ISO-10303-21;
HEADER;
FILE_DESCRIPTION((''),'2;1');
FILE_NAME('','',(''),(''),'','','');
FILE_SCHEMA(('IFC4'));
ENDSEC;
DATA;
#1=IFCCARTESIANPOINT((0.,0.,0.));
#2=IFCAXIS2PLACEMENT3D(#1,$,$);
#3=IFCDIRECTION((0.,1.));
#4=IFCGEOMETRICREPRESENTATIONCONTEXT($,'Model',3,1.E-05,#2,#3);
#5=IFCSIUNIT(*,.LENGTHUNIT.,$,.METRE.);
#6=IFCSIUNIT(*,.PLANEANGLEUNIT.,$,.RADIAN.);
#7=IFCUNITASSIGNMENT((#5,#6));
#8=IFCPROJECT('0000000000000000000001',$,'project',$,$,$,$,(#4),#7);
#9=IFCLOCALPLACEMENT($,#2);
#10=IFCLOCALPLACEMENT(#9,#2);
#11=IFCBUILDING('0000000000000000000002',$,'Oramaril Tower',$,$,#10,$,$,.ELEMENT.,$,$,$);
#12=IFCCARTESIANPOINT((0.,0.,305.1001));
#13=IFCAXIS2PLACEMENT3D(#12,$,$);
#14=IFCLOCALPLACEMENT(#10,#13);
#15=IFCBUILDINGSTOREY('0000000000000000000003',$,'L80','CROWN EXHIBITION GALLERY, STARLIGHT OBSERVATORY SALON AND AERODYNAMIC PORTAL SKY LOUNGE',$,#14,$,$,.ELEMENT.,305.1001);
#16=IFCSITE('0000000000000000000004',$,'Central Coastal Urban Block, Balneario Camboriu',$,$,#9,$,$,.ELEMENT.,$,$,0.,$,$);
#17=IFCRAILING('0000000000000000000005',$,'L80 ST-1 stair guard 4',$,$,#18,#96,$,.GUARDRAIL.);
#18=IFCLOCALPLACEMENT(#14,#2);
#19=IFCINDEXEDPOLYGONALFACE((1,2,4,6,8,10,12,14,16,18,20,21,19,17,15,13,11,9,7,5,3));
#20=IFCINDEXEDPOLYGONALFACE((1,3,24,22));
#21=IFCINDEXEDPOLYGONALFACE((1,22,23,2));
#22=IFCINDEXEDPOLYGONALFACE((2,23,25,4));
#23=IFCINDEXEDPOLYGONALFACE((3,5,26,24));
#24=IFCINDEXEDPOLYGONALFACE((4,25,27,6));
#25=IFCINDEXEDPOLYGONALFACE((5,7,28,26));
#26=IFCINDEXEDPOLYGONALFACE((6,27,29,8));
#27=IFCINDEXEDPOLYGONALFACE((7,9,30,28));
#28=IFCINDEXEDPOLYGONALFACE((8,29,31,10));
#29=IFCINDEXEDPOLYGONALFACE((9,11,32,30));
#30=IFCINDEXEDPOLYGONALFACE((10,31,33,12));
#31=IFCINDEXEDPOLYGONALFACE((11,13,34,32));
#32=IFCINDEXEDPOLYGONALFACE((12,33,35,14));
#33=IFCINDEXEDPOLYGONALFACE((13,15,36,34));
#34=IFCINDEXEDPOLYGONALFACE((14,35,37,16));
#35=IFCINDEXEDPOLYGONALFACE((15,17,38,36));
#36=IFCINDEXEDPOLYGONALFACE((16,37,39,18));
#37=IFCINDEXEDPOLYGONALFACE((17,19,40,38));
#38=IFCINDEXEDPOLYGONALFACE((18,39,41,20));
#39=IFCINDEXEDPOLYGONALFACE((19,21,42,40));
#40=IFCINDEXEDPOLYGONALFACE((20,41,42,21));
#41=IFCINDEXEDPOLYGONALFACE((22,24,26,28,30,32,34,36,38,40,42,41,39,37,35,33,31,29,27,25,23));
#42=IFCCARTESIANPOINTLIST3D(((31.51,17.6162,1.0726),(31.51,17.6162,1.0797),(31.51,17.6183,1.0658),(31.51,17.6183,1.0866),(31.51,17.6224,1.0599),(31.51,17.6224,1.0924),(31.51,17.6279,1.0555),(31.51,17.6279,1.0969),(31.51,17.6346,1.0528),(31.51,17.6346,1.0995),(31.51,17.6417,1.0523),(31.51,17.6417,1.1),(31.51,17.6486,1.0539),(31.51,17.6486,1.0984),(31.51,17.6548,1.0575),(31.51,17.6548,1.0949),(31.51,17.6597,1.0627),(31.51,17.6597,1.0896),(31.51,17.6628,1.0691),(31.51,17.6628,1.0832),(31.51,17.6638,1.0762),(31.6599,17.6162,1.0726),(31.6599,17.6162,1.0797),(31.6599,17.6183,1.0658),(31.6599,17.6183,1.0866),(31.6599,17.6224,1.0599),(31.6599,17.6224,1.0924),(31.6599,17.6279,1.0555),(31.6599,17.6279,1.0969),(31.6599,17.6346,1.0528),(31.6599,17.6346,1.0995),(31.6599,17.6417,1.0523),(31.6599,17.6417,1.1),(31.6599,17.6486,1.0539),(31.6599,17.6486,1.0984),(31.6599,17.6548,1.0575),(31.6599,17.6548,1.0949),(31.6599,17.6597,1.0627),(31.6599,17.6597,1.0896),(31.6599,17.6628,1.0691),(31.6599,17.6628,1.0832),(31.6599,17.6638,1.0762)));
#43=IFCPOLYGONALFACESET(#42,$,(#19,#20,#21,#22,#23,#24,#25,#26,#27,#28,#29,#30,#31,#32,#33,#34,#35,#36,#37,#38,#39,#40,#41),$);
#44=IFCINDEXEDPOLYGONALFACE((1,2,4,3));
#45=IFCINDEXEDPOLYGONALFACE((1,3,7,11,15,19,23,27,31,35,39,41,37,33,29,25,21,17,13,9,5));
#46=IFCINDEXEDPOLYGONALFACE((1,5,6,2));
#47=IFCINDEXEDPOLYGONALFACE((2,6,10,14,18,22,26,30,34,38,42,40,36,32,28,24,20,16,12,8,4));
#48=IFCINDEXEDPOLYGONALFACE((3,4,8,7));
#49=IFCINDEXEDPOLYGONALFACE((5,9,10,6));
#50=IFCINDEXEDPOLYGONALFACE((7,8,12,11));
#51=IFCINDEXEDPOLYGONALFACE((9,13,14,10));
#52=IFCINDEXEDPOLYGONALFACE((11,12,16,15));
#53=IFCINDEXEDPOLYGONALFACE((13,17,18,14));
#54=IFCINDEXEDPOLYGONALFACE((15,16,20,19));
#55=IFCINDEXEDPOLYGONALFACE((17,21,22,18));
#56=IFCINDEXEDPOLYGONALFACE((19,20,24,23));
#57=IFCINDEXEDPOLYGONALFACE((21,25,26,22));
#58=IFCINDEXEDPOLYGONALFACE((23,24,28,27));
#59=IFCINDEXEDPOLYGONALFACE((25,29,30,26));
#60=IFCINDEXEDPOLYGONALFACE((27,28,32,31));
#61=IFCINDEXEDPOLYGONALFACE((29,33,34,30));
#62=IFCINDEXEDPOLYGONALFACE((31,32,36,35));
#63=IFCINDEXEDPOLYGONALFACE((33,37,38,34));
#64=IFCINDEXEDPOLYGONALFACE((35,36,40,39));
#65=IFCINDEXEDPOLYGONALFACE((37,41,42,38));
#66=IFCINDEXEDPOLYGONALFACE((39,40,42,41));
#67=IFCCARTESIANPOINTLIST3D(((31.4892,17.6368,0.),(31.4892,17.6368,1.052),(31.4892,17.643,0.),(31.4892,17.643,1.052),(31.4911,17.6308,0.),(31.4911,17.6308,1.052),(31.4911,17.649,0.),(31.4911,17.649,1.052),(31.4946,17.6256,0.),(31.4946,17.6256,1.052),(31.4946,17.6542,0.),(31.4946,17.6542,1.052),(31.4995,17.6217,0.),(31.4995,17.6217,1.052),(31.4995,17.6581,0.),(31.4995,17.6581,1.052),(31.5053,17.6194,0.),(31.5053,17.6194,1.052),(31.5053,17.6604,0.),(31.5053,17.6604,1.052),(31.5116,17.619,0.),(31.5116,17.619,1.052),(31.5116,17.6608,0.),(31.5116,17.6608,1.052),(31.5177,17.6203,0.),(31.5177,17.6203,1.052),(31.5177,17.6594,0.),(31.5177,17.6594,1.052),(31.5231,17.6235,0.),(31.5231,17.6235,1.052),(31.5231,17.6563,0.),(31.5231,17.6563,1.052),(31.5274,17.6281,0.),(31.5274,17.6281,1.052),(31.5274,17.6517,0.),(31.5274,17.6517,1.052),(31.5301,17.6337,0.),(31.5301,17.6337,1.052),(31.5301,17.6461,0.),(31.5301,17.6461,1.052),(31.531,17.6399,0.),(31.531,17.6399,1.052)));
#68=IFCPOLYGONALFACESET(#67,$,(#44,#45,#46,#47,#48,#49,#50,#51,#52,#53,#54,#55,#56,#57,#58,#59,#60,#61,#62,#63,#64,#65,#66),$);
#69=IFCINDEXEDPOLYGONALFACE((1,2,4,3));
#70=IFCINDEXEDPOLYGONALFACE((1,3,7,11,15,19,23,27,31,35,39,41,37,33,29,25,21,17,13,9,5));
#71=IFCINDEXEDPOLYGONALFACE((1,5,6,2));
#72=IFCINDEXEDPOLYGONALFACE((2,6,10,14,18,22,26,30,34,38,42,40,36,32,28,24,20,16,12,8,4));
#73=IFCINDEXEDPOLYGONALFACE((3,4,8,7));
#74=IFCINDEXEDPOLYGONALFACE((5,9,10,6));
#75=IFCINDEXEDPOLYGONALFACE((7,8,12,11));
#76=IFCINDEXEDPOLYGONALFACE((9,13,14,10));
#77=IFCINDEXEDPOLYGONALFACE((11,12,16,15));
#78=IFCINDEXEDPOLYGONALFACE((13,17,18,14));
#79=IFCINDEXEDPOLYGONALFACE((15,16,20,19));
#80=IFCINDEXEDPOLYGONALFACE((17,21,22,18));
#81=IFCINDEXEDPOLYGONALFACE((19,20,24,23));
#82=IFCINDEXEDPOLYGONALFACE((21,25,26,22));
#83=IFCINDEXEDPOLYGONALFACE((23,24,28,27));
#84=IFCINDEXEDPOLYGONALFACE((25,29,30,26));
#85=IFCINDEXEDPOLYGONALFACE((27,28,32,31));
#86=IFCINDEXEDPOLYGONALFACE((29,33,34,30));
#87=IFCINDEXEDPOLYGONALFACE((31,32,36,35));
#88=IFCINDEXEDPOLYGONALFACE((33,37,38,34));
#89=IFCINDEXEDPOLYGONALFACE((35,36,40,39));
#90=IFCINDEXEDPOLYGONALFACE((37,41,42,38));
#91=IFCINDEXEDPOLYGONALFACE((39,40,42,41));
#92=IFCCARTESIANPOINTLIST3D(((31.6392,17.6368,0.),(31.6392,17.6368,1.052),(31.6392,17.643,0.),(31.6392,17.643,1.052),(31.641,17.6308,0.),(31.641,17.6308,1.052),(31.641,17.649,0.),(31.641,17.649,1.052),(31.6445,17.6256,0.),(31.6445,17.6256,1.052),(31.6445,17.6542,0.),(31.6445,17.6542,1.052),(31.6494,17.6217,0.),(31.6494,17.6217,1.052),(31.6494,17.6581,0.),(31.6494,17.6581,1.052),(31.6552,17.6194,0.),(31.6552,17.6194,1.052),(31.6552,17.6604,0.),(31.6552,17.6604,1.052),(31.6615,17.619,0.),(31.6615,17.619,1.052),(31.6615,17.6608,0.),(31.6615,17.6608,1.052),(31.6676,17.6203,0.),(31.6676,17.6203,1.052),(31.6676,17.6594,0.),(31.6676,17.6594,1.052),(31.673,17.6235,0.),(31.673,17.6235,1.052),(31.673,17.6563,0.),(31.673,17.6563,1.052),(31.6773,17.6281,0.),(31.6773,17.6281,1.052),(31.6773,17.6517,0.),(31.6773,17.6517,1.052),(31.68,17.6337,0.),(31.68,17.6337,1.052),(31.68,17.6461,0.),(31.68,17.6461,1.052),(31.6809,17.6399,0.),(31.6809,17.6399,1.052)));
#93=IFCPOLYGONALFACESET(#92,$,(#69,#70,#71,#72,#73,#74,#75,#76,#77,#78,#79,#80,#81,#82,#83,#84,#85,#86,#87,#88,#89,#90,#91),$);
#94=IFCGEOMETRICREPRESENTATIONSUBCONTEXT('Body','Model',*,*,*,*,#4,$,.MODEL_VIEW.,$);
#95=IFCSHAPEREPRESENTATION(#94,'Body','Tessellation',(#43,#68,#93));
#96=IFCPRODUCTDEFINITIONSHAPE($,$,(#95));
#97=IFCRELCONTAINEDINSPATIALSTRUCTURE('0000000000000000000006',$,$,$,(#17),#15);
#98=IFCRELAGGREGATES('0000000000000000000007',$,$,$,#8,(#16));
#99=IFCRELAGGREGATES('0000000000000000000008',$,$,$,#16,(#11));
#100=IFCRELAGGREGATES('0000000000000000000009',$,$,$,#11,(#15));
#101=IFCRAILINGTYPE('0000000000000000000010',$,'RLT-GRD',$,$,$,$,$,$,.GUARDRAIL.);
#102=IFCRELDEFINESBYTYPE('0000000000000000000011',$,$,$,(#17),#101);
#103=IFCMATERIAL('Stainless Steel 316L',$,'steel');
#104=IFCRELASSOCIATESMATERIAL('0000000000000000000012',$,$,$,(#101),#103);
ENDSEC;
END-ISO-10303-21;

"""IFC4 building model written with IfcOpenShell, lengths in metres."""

from ifc_helpers import new_model, si_unit, direction, frame, origin, origin_2d, place, context, subcontext, project, spatial, circle, extrude, material, type_object, element, save


model = new_model("IFC4")

# Units and contexts
model_context = context("Model", 3, precision=1e-05, world=origin(), true_north=direction((0.0, 1.0)))
body_context = subcontext(model_context, "Body", "Model", "MODEL_VIEW")
ifc_project = project(units=[si_unit("LENGTHUNIT", "METRE"), si_unit("PLANEANGLEUNIT", "RADIAN")], contexts=[model_context])

# Site, building, storey
site_placement = place(None, origin())
site = spatial("IfcSite", under=ifc_project, at=site_placement, Name="Central Coastal Urban Block, Balneario Camboriu", CompositionType="ELEMENT", RefElevation=0.0)
building_placement = place(site_placement, origin())
building = spatial("IfcBuilding", under=site, at=building_placement, Name="Oramaril Tower", CompositionType="ELEMENT")
storey_placement = place(building_placement, frame((0.0, 0.0, 305.1001)))
storey = spatial("IfcBuildingStorey", under=building, at=storey_placement, Name="L80", Description="CROWN EXHIBITION GALLERY, STARLIGHT OBSERVATORY SALON AND AERODYNAMIC PORTAL SKY LOUNGE", CompositionType="ELEMENT", Elevation=305.1001)

# Railing
ifc_material_1 = material(Name="Stainless Steel 316L", Category="steel")
railing_type_1 = type_object("IfcRailingType", Name="RLT-GRD", PredefinedType="GUARDRAIL", material=ifc_material_1)
railing_1_placement = place(storey_placement, frame((31.51, 17.6399, 0.0)))
element("IfcRailing", 1, at=railing_1_placement, inside=storey, type_object=railing_type_1, Name="L80 ST-1 stair guard 4", PredefinedType="GUARDRAIL", context=body_context, shape_type="SweptSolid", body=[
    extrude(circle(Radius=0.0239, at=origin_2d()), frame((0.0, 0.0, 1.0762), z_axis=(1.0, 0.0, 0.0), x_axis=(0.0, 1.0, 0.0)), (0.0, 0.0, 1.0), 0.1499),
    extrude(circle(Radius=0.021, at=origin_2d()), origin(), (0.0, 0.0, 1.0), 1.052),
    extrude(circle(Radius=0.021, at=origin_2d()), frame((0.1499, 0.0, 0.0)), (0.0, 0.0, 1.0), 1.052),
])

save(model, "model.ifc")
